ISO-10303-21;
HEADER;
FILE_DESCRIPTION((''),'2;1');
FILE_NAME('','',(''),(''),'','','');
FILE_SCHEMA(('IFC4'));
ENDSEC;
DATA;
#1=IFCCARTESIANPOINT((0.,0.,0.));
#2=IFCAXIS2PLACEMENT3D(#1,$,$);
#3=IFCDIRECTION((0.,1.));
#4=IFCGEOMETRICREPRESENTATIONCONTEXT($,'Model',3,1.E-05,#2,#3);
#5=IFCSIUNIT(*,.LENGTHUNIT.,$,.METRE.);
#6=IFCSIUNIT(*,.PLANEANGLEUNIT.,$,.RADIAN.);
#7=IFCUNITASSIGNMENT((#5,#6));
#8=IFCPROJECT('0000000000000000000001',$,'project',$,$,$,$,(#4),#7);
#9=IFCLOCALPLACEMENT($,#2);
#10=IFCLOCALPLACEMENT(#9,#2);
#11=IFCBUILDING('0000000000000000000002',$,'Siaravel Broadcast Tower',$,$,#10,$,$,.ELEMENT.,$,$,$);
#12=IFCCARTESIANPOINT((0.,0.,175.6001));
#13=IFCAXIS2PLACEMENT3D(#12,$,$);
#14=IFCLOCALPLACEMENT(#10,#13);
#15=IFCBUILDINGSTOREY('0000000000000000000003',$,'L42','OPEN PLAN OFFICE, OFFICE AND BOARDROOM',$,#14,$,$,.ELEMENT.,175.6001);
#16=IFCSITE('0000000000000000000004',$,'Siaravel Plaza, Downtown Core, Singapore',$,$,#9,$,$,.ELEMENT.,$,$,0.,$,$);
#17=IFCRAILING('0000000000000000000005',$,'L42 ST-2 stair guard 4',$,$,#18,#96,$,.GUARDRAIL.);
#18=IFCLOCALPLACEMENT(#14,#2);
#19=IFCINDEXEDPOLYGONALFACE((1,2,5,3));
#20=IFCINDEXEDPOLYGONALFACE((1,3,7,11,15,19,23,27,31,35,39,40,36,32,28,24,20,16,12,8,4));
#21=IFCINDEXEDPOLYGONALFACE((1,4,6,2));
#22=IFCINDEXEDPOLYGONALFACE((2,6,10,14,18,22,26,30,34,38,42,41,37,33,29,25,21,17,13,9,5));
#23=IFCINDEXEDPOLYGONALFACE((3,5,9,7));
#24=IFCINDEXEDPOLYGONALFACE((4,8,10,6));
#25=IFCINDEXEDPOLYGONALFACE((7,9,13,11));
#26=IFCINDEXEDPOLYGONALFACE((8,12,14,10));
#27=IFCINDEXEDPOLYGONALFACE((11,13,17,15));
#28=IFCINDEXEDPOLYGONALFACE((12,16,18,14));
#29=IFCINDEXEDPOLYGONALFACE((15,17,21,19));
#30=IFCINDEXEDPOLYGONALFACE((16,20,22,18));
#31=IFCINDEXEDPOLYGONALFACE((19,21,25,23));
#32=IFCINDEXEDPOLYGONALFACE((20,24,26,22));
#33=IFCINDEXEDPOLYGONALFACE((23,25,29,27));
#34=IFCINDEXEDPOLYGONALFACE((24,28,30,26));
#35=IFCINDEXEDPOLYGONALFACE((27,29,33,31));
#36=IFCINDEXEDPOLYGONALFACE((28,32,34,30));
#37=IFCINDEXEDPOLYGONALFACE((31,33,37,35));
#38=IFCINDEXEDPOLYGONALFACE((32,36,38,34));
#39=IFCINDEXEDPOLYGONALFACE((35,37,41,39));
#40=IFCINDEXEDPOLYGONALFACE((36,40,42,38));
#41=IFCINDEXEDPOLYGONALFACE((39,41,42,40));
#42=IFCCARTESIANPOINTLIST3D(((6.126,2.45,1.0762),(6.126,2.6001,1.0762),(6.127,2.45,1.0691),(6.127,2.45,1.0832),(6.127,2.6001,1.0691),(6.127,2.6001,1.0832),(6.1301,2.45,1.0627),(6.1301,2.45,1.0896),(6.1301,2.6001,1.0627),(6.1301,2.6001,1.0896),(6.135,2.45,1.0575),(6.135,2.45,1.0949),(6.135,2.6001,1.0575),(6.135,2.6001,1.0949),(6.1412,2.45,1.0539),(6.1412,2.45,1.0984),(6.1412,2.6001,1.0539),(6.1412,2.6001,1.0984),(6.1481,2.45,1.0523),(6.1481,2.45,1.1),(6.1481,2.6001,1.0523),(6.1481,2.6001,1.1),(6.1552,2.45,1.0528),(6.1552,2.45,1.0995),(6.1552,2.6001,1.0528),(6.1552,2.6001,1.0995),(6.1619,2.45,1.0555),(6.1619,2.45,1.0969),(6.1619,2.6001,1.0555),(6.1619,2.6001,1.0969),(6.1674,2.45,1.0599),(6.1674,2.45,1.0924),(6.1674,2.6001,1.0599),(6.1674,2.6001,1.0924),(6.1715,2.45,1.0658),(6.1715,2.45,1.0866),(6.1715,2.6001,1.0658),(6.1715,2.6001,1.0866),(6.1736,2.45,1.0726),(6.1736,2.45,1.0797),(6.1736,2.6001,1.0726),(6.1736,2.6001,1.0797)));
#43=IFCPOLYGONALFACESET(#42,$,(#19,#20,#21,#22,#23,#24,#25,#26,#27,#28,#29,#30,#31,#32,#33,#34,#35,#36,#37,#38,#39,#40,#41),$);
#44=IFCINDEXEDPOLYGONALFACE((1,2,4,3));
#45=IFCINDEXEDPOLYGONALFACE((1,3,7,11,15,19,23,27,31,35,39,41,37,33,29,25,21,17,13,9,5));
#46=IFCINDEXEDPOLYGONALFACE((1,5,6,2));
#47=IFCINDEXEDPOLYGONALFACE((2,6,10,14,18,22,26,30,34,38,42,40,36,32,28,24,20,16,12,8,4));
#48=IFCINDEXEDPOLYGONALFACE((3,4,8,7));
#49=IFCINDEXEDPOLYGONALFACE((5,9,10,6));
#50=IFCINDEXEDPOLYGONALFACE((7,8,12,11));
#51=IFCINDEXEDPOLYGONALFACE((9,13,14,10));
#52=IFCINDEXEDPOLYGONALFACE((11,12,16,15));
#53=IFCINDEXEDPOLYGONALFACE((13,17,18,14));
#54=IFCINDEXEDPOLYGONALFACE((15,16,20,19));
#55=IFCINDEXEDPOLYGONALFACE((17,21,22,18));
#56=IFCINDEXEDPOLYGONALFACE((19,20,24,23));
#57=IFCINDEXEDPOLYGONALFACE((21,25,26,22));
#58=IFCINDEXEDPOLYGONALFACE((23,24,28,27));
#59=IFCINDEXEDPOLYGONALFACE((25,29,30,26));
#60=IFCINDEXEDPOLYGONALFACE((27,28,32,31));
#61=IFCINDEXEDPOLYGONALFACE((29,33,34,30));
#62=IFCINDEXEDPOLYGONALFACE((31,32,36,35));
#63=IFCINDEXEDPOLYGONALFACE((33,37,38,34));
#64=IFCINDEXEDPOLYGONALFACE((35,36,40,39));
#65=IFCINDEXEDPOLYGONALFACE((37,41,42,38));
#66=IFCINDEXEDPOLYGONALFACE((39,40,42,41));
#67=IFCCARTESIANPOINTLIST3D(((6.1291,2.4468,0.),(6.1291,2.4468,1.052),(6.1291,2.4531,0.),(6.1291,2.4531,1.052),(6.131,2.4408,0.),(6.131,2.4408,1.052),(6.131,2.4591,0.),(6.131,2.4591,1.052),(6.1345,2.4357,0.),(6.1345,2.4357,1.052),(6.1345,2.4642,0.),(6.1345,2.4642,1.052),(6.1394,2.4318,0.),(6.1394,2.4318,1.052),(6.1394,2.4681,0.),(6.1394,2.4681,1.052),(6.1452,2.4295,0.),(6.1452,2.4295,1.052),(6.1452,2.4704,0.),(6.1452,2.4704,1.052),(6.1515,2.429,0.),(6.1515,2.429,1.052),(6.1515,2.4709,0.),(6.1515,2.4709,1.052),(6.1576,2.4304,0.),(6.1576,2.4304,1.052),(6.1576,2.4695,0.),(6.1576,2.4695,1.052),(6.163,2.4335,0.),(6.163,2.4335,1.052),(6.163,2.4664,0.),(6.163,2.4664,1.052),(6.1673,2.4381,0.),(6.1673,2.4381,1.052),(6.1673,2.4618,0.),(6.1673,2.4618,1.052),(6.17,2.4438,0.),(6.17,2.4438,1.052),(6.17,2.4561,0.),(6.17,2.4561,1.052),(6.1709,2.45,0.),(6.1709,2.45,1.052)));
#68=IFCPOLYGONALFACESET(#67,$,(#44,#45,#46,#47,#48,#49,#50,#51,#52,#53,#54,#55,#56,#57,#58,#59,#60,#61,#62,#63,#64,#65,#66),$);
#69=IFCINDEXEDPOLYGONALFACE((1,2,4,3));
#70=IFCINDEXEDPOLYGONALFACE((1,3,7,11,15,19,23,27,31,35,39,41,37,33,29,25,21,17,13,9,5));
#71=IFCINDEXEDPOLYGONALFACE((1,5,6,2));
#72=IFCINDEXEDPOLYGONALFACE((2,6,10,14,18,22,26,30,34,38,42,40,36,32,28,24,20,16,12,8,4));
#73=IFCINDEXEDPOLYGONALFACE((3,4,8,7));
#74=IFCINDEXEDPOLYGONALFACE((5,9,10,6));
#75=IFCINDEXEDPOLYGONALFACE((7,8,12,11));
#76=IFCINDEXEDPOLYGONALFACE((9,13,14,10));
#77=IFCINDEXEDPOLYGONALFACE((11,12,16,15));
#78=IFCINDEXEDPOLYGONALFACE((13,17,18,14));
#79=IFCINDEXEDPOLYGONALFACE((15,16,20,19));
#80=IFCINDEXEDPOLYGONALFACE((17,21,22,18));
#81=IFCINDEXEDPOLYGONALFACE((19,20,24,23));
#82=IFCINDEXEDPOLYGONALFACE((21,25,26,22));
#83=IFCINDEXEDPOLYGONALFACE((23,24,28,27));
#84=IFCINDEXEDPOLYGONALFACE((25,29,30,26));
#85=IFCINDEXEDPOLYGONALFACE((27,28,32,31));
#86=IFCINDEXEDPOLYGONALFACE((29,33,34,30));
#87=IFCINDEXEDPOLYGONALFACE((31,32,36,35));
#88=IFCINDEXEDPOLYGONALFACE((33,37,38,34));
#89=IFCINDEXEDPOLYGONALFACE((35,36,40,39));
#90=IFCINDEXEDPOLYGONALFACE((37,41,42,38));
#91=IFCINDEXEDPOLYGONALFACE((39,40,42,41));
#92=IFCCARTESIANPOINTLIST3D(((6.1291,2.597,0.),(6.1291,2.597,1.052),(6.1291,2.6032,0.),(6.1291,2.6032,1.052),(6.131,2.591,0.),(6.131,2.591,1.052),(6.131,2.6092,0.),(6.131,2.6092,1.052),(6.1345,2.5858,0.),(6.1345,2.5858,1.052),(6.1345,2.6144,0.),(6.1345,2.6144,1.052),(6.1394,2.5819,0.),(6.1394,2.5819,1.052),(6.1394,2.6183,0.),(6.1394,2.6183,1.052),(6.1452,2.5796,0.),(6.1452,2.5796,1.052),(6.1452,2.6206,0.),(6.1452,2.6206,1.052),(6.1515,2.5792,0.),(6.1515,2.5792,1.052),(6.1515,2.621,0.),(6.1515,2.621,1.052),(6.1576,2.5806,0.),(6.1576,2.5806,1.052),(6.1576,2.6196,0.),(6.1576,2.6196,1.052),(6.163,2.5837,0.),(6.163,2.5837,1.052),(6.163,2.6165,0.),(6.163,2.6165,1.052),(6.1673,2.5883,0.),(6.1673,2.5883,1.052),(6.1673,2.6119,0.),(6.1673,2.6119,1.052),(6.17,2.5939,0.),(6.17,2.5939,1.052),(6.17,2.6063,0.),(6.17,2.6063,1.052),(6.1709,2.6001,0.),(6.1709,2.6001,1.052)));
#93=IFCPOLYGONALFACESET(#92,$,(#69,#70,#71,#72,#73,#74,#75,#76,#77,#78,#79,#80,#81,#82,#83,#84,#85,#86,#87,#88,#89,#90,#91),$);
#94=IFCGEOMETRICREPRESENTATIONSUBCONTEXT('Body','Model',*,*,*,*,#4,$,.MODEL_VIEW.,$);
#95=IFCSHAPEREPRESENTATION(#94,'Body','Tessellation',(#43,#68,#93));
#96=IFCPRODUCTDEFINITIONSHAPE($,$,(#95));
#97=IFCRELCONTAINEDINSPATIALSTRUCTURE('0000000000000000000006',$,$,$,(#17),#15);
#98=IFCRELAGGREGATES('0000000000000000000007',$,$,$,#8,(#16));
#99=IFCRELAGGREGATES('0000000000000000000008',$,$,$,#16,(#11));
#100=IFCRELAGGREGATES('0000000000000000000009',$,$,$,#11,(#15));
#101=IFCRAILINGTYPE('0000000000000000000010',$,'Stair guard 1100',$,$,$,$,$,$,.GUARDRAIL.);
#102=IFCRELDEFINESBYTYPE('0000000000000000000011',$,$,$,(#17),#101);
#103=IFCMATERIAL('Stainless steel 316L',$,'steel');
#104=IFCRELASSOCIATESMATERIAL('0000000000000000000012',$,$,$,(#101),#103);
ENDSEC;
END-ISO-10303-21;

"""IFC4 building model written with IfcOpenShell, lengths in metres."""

from ifc_helpers import new_model, si_unit, direction, frame, origin, origin_2d, place, context, subcontext, project, spatial, circle, extrude, material, type_object, element, save


model = new_model("IFC4")

# Units and contexts
model_context = context("Model", 3, precision=1e-05, world=origin(), true_north=direction((0.0, 1.0)))
body_context = subcontext(model_context, "Body", "Model", "MODEL_VIEW")
ifc_project = project(units=[si_unit("LENGTHUNIT", "METRE"), si_unit("PLANEANGLEUNIT", "RADIAN")], contexts=[model_context])

# Site, building, storey
site_placement = place(None, origin())
site = spatial("IfcSite", under=ifc_project, at=site_placement, Name="Siaravel Plaza, Downtown Core, Singapore", CompositionType="ELEMENT", RefElevation=0.0)
building_placement = place(site_placement, origin())
building = spatial("IfcBuilding", under=site, at=building_placement, Name="Siaravel Broadcast Tower", CompositionType="ELEMENT")
storey_placement = place(building_placement, frame((0.0, 0.0, 175.6001)))
storey = spatial("IfcBuildingStorey", under=building, at=storey_placement, Name="L42", Description="OPEN PLAN OFFICE, OFFICE AND BOARDROOM", CompositionType="ELEMENT", Elevation=175.6001)

# Railing
ifc_material_1 = material(Name="Stainless steel 316L", Category="steel")
railing_type_1 = type_object("IfcRailingType", Name="Stair guard 1100", PredefinedType="GUARDRAIL", material=ifc_material_1)
railing_1_placement = place(storey_placement, frame((6.1499, 2.45, 0.0)))
element("IfcRailing", 1, at=railing_1_placement, inside=storey, type_object=railing_type_1, Name="L42 ST-2 stair guard 4", PredefinedType="GUARDRAIL", context=body_context, shape_type="SweptSolid", body=[
    extrude(circle(Radius=0.0239, at=origin_2d()), frame((0.0, 0.0, 1.0762), z_axis=(0.0, 1.0, 0.0), x_axis=(-1.0, 0.0, 0.0)), (0.0, 0.0, 1.0), 0.1501),
    extrude(circle(Radius=0.021, at=origin_2d()), origin(), (0.0, 0.0, 1.0), 1.052),
    extrude(circle(Radius=0.021, at=origin_2d()), frame((0.0, 0.1501, 0.0)), (0.0, 0.0, 1.0), 1.052),
])

save(model, "model.ifc")
